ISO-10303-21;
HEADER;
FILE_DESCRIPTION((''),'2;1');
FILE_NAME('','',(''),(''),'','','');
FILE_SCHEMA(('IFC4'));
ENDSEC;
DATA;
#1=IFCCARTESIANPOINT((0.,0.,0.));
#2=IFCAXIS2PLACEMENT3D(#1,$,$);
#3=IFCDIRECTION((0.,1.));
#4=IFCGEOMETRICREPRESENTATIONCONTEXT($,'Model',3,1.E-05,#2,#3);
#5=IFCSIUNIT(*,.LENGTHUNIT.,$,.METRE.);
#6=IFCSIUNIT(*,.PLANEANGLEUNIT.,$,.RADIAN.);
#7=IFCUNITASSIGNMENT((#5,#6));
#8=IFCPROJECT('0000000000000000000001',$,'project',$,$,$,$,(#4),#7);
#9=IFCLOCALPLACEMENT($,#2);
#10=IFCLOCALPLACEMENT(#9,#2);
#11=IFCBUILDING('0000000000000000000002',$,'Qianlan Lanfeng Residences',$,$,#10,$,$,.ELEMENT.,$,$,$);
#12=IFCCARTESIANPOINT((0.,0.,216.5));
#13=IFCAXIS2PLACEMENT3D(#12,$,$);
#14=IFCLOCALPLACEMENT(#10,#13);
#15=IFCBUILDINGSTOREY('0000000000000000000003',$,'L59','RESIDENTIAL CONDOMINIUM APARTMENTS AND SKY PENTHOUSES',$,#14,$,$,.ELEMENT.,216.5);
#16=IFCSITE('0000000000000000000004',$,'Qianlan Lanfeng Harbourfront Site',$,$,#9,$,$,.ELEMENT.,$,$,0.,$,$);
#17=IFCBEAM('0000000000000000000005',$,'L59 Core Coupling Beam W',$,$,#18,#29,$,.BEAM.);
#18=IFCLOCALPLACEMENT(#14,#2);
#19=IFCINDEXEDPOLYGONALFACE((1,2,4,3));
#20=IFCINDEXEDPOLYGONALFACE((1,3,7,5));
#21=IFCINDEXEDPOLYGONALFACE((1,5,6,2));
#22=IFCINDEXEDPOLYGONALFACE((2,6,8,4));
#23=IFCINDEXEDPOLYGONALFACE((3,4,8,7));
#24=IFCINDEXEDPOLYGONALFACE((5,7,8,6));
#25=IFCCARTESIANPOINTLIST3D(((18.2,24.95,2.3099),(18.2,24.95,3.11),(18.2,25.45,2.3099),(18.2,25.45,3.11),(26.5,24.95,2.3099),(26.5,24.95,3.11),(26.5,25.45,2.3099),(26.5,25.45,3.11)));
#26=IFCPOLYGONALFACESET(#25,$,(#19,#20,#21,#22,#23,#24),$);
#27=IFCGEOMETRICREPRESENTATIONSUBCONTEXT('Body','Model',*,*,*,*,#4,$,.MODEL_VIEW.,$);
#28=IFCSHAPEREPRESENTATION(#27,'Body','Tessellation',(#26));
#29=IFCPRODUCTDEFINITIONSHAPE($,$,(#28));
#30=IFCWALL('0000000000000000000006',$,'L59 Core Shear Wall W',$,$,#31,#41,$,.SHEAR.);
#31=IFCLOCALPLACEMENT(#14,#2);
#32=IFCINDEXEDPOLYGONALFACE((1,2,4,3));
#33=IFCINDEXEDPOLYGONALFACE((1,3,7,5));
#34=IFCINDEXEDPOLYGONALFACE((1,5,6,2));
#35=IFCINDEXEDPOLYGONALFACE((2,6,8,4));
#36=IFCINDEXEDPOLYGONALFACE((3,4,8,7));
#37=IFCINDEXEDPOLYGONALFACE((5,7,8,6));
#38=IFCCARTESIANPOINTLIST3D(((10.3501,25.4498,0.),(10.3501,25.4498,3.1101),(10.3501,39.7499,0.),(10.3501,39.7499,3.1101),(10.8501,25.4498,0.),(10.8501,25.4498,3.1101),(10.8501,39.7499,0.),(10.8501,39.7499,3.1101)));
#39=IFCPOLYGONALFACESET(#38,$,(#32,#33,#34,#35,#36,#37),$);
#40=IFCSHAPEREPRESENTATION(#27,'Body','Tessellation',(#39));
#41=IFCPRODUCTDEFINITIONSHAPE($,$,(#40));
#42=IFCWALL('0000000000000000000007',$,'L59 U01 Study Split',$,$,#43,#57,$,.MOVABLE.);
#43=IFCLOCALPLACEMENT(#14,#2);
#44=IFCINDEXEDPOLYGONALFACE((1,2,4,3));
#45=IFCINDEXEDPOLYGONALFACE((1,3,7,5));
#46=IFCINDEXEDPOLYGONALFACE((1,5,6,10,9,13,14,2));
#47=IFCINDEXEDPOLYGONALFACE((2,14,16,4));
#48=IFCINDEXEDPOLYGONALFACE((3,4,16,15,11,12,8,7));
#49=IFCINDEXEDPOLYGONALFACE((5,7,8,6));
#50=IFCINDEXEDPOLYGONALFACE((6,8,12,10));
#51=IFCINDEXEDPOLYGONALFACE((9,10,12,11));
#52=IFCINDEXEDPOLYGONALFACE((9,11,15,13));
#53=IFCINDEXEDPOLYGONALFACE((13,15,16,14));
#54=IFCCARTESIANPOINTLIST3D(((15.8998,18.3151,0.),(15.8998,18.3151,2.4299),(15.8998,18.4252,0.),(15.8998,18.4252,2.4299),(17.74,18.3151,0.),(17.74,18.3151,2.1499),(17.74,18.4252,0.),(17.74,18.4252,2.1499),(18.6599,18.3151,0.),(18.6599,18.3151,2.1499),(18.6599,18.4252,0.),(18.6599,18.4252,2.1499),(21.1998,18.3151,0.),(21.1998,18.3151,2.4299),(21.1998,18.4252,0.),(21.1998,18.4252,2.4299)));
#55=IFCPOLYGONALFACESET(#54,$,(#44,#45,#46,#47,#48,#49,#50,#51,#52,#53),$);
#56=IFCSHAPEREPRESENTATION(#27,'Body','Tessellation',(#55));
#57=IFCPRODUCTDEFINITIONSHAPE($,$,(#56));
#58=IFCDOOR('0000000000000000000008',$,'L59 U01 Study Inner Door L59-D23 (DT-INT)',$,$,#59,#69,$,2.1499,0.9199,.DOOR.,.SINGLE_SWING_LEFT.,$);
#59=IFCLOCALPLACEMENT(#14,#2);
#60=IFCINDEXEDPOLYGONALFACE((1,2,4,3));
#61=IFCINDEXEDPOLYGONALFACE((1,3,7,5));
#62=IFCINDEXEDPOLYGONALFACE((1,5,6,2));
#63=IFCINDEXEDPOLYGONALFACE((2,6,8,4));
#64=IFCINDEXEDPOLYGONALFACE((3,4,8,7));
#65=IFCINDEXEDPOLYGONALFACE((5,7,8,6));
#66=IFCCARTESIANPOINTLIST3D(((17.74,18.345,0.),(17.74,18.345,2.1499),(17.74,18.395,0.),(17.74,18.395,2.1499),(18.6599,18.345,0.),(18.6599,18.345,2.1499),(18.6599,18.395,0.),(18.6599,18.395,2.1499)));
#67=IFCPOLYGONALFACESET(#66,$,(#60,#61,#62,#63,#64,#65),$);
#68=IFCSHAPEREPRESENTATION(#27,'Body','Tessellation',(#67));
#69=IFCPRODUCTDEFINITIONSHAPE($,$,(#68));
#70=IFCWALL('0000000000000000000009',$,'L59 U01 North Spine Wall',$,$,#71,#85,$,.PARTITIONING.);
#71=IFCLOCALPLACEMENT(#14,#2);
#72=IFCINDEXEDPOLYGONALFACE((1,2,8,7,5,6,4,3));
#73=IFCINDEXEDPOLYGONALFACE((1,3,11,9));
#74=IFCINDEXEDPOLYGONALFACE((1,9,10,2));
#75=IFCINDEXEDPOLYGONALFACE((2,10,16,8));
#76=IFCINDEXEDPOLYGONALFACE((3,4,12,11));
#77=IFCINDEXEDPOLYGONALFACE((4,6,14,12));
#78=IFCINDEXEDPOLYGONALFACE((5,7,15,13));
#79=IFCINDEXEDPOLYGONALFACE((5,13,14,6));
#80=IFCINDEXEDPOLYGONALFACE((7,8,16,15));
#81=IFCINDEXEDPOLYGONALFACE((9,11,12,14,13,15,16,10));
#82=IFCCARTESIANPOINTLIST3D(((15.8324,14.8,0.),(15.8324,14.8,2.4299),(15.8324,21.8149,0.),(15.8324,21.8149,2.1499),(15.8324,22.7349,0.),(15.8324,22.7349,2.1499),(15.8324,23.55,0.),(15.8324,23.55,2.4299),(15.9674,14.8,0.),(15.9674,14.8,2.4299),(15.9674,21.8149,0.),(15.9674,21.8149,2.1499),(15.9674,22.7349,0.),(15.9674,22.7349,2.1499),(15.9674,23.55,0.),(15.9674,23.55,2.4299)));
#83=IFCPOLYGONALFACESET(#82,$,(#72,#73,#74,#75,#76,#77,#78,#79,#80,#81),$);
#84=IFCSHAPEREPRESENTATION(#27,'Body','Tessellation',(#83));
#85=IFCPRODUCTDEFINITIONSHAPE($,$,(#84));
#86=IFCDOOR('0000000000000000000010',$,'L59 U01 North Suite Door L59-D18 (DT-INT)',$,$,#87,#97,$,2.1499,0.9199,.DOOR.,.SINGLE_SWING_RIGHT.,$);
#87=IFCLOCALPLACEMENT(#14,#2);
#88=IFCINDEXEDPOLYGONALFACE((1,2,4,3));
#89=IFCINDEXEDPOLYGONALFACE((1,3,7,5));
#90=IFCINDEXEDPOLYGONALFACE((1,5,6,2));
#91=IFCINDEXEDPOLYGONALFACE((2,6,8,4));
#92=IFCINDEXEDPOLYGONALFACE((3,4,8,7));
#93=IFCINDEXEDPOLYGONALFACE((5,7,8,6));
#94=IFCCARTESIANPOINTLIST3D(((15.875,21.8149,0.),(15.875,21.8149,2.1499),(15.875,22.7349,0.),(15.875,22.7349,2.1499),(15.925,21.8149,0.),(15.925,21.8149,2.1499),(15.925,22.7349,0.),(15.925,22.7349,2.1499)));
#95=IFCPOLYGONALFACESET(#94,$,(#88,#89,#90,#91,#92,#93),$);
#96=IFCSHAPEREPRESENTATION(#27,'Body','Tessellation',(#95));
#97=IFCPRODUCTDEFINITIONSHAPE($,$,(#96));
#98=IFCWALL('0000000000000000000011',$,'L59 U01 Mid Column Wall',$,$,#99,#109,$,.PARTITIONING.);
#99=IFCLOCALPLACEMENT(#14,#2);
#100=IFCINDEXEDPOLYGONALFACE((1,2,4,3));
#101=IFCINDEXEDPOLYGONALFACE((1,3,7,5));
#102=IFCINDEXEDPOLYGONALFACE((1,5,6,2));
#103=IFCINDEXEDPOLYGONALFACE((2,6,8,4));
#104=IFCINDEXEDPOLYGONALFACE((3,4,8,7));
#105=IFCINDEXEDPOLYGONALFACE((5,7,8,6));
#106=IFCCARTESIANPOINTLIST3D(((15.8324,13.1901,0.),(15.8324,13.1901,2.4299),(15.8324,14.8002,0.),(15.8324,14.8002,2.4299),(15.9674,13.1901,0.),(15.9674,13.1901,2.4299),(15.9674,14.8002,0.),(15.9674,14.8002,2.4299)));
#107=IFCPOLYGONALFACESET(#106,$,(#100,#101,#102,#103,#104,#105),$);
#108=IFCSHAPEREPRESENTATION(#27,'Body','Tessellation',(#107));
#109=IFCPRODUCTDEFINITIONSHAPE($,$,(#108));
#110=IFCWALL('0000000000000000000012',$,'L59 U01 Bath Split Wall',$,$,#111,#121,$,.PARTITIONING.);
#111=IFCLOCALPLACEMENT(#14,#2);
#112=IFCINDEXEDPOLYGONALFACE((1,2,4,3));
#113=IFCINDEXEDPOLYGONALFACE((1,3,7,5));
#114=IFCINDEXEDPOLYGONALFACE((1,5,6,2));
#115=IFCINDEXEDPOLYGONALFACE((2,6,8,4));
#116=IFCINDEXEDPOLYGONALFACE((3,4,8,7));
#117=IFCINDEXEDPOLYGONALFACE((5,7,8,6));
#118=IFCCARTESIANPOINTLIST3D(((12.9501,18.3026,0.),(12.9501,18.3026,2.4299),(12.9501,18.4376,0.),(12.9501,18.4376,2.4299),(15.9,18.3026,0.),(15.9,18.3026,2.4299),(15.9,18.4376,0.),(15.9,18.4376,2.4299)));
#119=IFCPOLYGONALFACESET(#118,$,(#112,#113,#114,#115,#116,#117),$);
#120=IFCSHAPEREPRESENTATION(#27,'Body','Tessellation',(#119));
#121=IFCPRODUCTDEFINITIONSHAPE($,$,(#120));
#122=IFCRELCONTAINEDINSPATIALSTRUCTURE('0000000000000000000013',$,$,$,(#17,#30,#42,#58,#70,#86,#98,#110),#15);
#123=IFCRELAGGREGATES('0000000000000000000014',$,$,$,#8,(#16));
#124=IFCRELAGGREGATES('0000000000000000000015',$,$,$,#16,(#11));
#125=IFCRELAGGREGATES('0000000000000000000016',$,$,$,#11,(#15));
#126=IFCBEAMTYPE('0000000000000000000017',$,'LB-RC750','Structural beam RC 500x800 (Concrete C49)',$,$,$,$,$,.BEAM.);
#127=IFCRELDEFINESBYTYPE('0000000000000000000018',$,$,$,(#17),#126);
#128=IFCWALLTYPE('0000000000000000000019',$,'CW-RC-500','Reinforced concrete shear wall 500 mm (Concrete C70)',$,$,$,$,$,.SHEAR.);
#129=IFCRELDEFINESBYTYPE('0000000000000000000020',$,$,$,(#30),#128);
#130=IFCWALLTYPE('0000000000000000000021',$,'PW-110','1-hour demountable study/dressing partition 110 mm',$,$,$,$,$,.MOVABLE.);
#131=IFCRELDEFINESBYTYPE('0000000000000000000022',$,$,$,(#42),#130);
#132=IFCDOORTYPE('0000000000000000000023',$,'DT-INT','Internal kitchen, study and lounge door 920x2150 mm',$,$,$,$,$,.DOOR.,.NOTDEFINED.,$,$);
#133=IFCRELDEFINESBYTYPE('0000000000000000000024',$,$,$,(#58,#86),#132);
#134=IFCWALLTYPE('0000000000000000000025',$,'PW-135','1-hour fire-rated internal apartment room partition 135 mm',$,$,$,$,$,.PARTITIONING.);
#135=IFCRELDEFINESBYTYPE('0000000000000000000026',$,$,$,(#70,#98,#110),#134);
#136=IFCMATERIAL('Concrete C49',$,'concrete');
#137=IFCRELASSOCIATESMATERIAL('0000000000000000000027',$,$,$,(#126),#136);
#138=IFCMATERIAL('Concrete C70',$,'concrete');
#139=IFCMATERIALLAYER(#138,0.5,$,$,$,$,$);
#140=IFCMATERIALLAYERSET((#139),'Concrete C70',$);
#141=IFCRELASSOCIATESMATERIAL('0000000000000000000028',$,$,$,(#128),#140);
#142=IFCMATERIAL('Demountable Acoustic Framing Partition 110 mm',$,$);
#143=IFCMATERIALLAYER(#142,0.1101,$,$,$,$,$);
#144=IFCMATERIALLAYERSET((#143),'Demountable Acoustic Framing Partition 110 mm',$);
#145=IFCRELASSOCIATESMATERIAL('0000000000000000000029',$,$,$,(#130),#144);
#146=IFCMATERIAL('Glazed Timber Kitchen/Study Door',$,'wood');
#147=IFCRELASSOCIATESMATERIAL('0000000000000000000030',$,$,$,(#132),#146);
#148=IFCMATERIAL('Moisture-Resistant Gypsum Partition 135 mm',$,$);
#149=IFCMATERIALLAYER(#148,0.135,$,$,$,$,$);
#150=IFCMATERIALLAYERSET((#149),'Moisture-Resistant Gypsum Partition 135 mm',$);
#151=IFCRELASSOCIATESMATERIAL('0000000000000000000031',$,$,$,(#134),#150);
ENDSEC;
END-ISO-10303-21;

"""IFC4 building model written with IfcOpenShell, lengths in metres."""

from ifc_helpers import new_model, si_unit, direction, frame, frame_2d, origin, origin_2d, place, context, subcontext, project, spatial, rectangle, extrude, material, layer, layer_set, material_profile, profile_set, type_object, element, fill, save


model = new_model("IFC4")

# Units and contexts
model_context = context("Model", 3, precision=1e-05, world=origin(), true_north=direction((0.0, 1.0)))
body_context = subcontext(model_context, "Body", "Model", "MODEL_VIEW")
ifc_project = project(units=[si_unit("LENGTHUNIT", "METRE"), si_unit("PLANEANGLEUNIT", "RADIAN")], contexts=[model_context])

# Site, building, storey
site_placement = place(None, origin())
site = spatial("IfcSite", under=ifc_project, at=site_placement, Name="Qianlan Lanfeng Harbourfront Site", CompositionType="ELEMENT", RefElevation=0.0)
building_placement = place(site_placement, origin())
building = spatial("IfcBuilding", under=site, at=building_placement, Name="Qianlan Lanfeng Residences", CompositionType="ELEMENT")
storey_placement = place(building_placement, frame((0.0, 0.0, 216.5)))
storey = spatial("IfcBuildingStorey", under=building, at=storey_placement, Name="L59", Description="RESIDENTIAL CONDOMINIUM APARTMENTS AND SKY PENTHOUSES", CompositionType="ELEMENT", Elevation=216.5)

# Beam
ifc_material_1 = material(Name="Concrete C49", Category="concrete")
ifc_material_profile_1 = material_profile(ifc_material_1, rectangle(XDim=0.5, YDim=0.8, at=origin_2d()), Name="RC 500x800")
ifc_profile_set_1 = profile_set([ifc_material_profile_1], Name="Concrete C49")
beam_type_1 = type_object("IfcBeamType", Name="LB-RC750", Description="Structural beam RC 500x800 (Concrete C49)", PredefinedType="BEAM", material=ifc_profile_set_1)
beam_1_placement = place(storey_placement, frame((18.2, 25.2, 2.71), z_axis=(1.0, 0.0, 0.0), x_axis=(0.0, 1.0, 0.0)))
element("IfcBeam", 1, at=beam_1_placement, inside=storey, type_object=beam_type_1, Name="L59 Core Coupling Beam W", PredefinedType="BEAM", context=body_context, shape_type="SweptSolid", body=[
    extrude(rectangle(XDim=0.5, YDim=0.8, at=origin_2d()), origin(), (0.0, 0.0, 1.0), 8.3),
])

# Wall
ifc_material_2 = material(Name="Concrete C70", Category="concrete")
ifc_layer_1 = layer(ifc_material_2, 0.5)
ifc_layer_set_1 = layer_set([ifc_layer_1], Name="Concrete C70")
wall_type_1 = type_object("IfcWallType", Name="CW-RC-500", Description="Reinforced concrete shear wall 500 mm (Concrete C70)", PredefinedType="SHEAR", material=ifc_layer_set_1)
wall_1_placement = place(storey_placement, frame((10.6001, 25.45, 0.0), z_axis=(0.0, 0.0, 1.0), x_axis=(0.0, 1.0, 0.0)))
element("IfcWall", 2, at=wall_1_placement, inside=storey, type_object=wall_type_1, Name="L59 Core Shear Wall W", PredefinedType="SHEAR", context=body_context, shape_type="SweptSolid", body=[
    extrude(rectangle(XDim=14.3, YDim=0.5, at=frame_2d((7.1499, 0.0))), origin(), (0.0, 0.0, 1.0), 3.1101),
])

# Walls, openings, doors
ifc_material_3 = material(Name="Demountable Acoustic Framing Partition 110 mm")
ifc_layer_2 = layer(ifc_material_3, 0.1101)
ifc_layer_set_2 = layer_set([ifc_layer_2], Name="Demountable Acoustic Framing Partition 110 mm")
wall_type_2 = type_object("IfcWallType", Name="PW-110", Description="1-hour demountable study/dressing partition 110 mm", PredefinedType="MOVABLE", material=ifc_layer_set_2)
wall_2_placement = place(storey_placement, frame((15.8999, 18.3701, 0.0), z_axis=(0.0, 0.0, 1.0), x_axis=(1.0, 0.0, 0.0)))
wall_2 = element("IfcWall", 3, at=wall_2_placement, inside=storey, type_object=wall_type_2, Name="L59 U01 Study Split", PredefinedType="MOVABLE", context=body_context, shape_type="SweptSolid", body=[
    extrude(rectangle(XDim=5.3, YDim=0.1101, at=frame_2d((2.6499, 0.0))), origin(), (0.0, 0.0, 1.0), 2.4299),
])
opening_1_placement = place(wall_2_placement, frame((1.8401, 0.0, 0.0)))
opening_1 = element("IfcOpeningElement", 4, at=opening_1_placement, cuts=wall_2, PredefinedType="OPENING", context=body_context, shape_type="SweptSolid", body=[
    extrude(rectangle(XDim=0.9199, YDim=2.1499, at=frame_2d((0.46, 1.075))), frame((0.0, 0.0649, 0.0), z_axis=(0.0, -1.0, 0.0), x_axis=(1.0, 0.0, 0.0)), (0.0, 0.0, 1.0), 0.1301),
])
ifc_material_4 = material(Name="Glazed Timber Kitchen/Study Door", Category="wood")
door_type_1 = type_object("IfcDoorType", Name="DT-INT", Description="Internal kitchen, study and lounge door 920x2150 mm", OperationType="NOTDEFINED", PredefinedType="DOOR", material=ifc_material_4)
door_1_placement = place(opening_1_placement, origin())
door_1 = element("IfcDoor", 5, at=door_1_placement, inside=storey, type_object=door_type_1, Name="L59 U01 Study Inner Door L59-D23 (DT-INT)", OperationType="SINGLE_SWING_LEFT", OverallHeight=2.1499, OverallWidth=0.9199, PredefinedType="DOOR", context=body_context, shape_type="SweptSolid", body=[
    extrude(rectangle(XDim=0.9199, YDim=2.1499, at=frame_2d((0.46, 1.075))), frame((0.0, 0.0249, 0.0), z_axis=(0.0, -1.0, 0.0), x_axis=(1.0, 0.0, 0.0)), (0.0, 0.0, 1.0), 0.05),
])
fill(opening_1, door_1)
ifc_material_5 = material(Name="Moisture-Resistant Gypsum Partition 135 mm")
ifc_layer_3 = layer(ifc_material_5, 0.135)
ifc_layer_set_3 = layer_set([ifc_layer_3], Name="Moisture-Resistant Gypsum Partition 135 mm")
wall_type_3 = type_object("IfcWallType", Name="PW-135", Description="1-hour fire-rated internal apartment room partition 135 mm", PredefinedType="PARTITIONING", material=ifc_layer_set_3)
wall_3_placement = place(storey_placement, frame((15.8999, 14.8, 0.0), z_axis=(0.0, 0.0, 1.0), x_axis=(0.0, 1.0, 0.0)))
wall_3 = element("IfcWall", 6, at=wall_3_placement, inside=storey, type_object=wall_type_3, Name="L59 U01 North Spine Wall", PredefinedType="PARTITIONING", context=body_context, shape_type="SweptSolid", body=[
    extrude(rectangle(XDim=8.75, YDim=0.135, at=frame_2d((4.375, 0.0))), origin(), (0.0, 0.0, 1.0), 2.4299),
])
opening_2_placement = place(wall_3_placement, frame((7.0149, 0.0, 0.0)))
opening_2 = element("IfcOpeningElement", 7, at=opening_2_placement, cuts=wall_3, PredefinedType="OPENING", context=body_context, shape_type="SweptSolid", body=[
    extrude(rectangle(XDim=0.9199, YDim=2.1499, at=frame_2d((0.46, 1.075))), frame((0.0, 0.0776, 0.0), z_axis=(0.0, -1.0, 0.0), x_axis=(1.0, 0.0, 0.0)), (0.0, 0.0, 1.0), 0.155),
])
door_2_placement = place(opening_2_placement, origin())
door_2 = element("IfcDoor", 8, at=door_2_placement, inside=storey, type_object=door_type_1, Name="L59 U01 North Suite Door L59-D18 (DT-INT)", OperationType="SINGLE_SWING_RIGHT", OverallHeight=2.1499, OverallWidth=0.9199, PredefinedType="DOOR", context=body_context, shape_type="SweptSolid", body=[
    extrude(rectangle(XDim=0.9199, YDim=2.1499, at=frame_2d((0.46, 1.075))), frame((0.0, 0.0249, 0.0), z_axis=(0.0, -1.0, 0.0), x_axis=(1.0, 0.0, 0.0)), (0.0, 0.0, 1.0), 0.05),
])
fill(opening_2, door_2)

# Wall
wall_4_placement = place(storey_placement, frame((15.8999, 13.1899, 0.0), z_axis=(0.0, 0.0, 1.0), x_axis=(0.0, 1.0, 0.0)))
element("IfcWall", 9, at=wall_4_placement, inside=storey, type_object=wall_type_3, Name="L59 U01 Mid Column Wall", PredefinedType="PARTITIONING", context=body_context, shape_type="SweptSolid", body=[
    extrude(rectangle(XDim=1.6101, YDim=0.135, at=frame_2d((0.8052, 0.0))), origin(), (0.0, 0.0, 1.0), 2.4299),
])

# Wall
wall_5_placement = place(storey_placement, frame((12.95, 18.3701, 0.0), z_axis=(0.0, 0.0, 1.0), x_axis=(1.0, 0.0, 0.0)))
element("IfcWall", 10, at=wall_5_placement, inside=storey, type_object=wall_type_3, Name="L59 U01 Bath Split Wall", PredefinedType="PARTITIONING", context=body_context, shape_type="SweptSolid", body=[
    extrude(rectangle(XDim=2.95, YDim=0.135, at=frame_2d((1.4751, 0.0))), origin(), (0.0, 0.0, 1.0), 2.4299),
])

save(model, "model.ifc")
